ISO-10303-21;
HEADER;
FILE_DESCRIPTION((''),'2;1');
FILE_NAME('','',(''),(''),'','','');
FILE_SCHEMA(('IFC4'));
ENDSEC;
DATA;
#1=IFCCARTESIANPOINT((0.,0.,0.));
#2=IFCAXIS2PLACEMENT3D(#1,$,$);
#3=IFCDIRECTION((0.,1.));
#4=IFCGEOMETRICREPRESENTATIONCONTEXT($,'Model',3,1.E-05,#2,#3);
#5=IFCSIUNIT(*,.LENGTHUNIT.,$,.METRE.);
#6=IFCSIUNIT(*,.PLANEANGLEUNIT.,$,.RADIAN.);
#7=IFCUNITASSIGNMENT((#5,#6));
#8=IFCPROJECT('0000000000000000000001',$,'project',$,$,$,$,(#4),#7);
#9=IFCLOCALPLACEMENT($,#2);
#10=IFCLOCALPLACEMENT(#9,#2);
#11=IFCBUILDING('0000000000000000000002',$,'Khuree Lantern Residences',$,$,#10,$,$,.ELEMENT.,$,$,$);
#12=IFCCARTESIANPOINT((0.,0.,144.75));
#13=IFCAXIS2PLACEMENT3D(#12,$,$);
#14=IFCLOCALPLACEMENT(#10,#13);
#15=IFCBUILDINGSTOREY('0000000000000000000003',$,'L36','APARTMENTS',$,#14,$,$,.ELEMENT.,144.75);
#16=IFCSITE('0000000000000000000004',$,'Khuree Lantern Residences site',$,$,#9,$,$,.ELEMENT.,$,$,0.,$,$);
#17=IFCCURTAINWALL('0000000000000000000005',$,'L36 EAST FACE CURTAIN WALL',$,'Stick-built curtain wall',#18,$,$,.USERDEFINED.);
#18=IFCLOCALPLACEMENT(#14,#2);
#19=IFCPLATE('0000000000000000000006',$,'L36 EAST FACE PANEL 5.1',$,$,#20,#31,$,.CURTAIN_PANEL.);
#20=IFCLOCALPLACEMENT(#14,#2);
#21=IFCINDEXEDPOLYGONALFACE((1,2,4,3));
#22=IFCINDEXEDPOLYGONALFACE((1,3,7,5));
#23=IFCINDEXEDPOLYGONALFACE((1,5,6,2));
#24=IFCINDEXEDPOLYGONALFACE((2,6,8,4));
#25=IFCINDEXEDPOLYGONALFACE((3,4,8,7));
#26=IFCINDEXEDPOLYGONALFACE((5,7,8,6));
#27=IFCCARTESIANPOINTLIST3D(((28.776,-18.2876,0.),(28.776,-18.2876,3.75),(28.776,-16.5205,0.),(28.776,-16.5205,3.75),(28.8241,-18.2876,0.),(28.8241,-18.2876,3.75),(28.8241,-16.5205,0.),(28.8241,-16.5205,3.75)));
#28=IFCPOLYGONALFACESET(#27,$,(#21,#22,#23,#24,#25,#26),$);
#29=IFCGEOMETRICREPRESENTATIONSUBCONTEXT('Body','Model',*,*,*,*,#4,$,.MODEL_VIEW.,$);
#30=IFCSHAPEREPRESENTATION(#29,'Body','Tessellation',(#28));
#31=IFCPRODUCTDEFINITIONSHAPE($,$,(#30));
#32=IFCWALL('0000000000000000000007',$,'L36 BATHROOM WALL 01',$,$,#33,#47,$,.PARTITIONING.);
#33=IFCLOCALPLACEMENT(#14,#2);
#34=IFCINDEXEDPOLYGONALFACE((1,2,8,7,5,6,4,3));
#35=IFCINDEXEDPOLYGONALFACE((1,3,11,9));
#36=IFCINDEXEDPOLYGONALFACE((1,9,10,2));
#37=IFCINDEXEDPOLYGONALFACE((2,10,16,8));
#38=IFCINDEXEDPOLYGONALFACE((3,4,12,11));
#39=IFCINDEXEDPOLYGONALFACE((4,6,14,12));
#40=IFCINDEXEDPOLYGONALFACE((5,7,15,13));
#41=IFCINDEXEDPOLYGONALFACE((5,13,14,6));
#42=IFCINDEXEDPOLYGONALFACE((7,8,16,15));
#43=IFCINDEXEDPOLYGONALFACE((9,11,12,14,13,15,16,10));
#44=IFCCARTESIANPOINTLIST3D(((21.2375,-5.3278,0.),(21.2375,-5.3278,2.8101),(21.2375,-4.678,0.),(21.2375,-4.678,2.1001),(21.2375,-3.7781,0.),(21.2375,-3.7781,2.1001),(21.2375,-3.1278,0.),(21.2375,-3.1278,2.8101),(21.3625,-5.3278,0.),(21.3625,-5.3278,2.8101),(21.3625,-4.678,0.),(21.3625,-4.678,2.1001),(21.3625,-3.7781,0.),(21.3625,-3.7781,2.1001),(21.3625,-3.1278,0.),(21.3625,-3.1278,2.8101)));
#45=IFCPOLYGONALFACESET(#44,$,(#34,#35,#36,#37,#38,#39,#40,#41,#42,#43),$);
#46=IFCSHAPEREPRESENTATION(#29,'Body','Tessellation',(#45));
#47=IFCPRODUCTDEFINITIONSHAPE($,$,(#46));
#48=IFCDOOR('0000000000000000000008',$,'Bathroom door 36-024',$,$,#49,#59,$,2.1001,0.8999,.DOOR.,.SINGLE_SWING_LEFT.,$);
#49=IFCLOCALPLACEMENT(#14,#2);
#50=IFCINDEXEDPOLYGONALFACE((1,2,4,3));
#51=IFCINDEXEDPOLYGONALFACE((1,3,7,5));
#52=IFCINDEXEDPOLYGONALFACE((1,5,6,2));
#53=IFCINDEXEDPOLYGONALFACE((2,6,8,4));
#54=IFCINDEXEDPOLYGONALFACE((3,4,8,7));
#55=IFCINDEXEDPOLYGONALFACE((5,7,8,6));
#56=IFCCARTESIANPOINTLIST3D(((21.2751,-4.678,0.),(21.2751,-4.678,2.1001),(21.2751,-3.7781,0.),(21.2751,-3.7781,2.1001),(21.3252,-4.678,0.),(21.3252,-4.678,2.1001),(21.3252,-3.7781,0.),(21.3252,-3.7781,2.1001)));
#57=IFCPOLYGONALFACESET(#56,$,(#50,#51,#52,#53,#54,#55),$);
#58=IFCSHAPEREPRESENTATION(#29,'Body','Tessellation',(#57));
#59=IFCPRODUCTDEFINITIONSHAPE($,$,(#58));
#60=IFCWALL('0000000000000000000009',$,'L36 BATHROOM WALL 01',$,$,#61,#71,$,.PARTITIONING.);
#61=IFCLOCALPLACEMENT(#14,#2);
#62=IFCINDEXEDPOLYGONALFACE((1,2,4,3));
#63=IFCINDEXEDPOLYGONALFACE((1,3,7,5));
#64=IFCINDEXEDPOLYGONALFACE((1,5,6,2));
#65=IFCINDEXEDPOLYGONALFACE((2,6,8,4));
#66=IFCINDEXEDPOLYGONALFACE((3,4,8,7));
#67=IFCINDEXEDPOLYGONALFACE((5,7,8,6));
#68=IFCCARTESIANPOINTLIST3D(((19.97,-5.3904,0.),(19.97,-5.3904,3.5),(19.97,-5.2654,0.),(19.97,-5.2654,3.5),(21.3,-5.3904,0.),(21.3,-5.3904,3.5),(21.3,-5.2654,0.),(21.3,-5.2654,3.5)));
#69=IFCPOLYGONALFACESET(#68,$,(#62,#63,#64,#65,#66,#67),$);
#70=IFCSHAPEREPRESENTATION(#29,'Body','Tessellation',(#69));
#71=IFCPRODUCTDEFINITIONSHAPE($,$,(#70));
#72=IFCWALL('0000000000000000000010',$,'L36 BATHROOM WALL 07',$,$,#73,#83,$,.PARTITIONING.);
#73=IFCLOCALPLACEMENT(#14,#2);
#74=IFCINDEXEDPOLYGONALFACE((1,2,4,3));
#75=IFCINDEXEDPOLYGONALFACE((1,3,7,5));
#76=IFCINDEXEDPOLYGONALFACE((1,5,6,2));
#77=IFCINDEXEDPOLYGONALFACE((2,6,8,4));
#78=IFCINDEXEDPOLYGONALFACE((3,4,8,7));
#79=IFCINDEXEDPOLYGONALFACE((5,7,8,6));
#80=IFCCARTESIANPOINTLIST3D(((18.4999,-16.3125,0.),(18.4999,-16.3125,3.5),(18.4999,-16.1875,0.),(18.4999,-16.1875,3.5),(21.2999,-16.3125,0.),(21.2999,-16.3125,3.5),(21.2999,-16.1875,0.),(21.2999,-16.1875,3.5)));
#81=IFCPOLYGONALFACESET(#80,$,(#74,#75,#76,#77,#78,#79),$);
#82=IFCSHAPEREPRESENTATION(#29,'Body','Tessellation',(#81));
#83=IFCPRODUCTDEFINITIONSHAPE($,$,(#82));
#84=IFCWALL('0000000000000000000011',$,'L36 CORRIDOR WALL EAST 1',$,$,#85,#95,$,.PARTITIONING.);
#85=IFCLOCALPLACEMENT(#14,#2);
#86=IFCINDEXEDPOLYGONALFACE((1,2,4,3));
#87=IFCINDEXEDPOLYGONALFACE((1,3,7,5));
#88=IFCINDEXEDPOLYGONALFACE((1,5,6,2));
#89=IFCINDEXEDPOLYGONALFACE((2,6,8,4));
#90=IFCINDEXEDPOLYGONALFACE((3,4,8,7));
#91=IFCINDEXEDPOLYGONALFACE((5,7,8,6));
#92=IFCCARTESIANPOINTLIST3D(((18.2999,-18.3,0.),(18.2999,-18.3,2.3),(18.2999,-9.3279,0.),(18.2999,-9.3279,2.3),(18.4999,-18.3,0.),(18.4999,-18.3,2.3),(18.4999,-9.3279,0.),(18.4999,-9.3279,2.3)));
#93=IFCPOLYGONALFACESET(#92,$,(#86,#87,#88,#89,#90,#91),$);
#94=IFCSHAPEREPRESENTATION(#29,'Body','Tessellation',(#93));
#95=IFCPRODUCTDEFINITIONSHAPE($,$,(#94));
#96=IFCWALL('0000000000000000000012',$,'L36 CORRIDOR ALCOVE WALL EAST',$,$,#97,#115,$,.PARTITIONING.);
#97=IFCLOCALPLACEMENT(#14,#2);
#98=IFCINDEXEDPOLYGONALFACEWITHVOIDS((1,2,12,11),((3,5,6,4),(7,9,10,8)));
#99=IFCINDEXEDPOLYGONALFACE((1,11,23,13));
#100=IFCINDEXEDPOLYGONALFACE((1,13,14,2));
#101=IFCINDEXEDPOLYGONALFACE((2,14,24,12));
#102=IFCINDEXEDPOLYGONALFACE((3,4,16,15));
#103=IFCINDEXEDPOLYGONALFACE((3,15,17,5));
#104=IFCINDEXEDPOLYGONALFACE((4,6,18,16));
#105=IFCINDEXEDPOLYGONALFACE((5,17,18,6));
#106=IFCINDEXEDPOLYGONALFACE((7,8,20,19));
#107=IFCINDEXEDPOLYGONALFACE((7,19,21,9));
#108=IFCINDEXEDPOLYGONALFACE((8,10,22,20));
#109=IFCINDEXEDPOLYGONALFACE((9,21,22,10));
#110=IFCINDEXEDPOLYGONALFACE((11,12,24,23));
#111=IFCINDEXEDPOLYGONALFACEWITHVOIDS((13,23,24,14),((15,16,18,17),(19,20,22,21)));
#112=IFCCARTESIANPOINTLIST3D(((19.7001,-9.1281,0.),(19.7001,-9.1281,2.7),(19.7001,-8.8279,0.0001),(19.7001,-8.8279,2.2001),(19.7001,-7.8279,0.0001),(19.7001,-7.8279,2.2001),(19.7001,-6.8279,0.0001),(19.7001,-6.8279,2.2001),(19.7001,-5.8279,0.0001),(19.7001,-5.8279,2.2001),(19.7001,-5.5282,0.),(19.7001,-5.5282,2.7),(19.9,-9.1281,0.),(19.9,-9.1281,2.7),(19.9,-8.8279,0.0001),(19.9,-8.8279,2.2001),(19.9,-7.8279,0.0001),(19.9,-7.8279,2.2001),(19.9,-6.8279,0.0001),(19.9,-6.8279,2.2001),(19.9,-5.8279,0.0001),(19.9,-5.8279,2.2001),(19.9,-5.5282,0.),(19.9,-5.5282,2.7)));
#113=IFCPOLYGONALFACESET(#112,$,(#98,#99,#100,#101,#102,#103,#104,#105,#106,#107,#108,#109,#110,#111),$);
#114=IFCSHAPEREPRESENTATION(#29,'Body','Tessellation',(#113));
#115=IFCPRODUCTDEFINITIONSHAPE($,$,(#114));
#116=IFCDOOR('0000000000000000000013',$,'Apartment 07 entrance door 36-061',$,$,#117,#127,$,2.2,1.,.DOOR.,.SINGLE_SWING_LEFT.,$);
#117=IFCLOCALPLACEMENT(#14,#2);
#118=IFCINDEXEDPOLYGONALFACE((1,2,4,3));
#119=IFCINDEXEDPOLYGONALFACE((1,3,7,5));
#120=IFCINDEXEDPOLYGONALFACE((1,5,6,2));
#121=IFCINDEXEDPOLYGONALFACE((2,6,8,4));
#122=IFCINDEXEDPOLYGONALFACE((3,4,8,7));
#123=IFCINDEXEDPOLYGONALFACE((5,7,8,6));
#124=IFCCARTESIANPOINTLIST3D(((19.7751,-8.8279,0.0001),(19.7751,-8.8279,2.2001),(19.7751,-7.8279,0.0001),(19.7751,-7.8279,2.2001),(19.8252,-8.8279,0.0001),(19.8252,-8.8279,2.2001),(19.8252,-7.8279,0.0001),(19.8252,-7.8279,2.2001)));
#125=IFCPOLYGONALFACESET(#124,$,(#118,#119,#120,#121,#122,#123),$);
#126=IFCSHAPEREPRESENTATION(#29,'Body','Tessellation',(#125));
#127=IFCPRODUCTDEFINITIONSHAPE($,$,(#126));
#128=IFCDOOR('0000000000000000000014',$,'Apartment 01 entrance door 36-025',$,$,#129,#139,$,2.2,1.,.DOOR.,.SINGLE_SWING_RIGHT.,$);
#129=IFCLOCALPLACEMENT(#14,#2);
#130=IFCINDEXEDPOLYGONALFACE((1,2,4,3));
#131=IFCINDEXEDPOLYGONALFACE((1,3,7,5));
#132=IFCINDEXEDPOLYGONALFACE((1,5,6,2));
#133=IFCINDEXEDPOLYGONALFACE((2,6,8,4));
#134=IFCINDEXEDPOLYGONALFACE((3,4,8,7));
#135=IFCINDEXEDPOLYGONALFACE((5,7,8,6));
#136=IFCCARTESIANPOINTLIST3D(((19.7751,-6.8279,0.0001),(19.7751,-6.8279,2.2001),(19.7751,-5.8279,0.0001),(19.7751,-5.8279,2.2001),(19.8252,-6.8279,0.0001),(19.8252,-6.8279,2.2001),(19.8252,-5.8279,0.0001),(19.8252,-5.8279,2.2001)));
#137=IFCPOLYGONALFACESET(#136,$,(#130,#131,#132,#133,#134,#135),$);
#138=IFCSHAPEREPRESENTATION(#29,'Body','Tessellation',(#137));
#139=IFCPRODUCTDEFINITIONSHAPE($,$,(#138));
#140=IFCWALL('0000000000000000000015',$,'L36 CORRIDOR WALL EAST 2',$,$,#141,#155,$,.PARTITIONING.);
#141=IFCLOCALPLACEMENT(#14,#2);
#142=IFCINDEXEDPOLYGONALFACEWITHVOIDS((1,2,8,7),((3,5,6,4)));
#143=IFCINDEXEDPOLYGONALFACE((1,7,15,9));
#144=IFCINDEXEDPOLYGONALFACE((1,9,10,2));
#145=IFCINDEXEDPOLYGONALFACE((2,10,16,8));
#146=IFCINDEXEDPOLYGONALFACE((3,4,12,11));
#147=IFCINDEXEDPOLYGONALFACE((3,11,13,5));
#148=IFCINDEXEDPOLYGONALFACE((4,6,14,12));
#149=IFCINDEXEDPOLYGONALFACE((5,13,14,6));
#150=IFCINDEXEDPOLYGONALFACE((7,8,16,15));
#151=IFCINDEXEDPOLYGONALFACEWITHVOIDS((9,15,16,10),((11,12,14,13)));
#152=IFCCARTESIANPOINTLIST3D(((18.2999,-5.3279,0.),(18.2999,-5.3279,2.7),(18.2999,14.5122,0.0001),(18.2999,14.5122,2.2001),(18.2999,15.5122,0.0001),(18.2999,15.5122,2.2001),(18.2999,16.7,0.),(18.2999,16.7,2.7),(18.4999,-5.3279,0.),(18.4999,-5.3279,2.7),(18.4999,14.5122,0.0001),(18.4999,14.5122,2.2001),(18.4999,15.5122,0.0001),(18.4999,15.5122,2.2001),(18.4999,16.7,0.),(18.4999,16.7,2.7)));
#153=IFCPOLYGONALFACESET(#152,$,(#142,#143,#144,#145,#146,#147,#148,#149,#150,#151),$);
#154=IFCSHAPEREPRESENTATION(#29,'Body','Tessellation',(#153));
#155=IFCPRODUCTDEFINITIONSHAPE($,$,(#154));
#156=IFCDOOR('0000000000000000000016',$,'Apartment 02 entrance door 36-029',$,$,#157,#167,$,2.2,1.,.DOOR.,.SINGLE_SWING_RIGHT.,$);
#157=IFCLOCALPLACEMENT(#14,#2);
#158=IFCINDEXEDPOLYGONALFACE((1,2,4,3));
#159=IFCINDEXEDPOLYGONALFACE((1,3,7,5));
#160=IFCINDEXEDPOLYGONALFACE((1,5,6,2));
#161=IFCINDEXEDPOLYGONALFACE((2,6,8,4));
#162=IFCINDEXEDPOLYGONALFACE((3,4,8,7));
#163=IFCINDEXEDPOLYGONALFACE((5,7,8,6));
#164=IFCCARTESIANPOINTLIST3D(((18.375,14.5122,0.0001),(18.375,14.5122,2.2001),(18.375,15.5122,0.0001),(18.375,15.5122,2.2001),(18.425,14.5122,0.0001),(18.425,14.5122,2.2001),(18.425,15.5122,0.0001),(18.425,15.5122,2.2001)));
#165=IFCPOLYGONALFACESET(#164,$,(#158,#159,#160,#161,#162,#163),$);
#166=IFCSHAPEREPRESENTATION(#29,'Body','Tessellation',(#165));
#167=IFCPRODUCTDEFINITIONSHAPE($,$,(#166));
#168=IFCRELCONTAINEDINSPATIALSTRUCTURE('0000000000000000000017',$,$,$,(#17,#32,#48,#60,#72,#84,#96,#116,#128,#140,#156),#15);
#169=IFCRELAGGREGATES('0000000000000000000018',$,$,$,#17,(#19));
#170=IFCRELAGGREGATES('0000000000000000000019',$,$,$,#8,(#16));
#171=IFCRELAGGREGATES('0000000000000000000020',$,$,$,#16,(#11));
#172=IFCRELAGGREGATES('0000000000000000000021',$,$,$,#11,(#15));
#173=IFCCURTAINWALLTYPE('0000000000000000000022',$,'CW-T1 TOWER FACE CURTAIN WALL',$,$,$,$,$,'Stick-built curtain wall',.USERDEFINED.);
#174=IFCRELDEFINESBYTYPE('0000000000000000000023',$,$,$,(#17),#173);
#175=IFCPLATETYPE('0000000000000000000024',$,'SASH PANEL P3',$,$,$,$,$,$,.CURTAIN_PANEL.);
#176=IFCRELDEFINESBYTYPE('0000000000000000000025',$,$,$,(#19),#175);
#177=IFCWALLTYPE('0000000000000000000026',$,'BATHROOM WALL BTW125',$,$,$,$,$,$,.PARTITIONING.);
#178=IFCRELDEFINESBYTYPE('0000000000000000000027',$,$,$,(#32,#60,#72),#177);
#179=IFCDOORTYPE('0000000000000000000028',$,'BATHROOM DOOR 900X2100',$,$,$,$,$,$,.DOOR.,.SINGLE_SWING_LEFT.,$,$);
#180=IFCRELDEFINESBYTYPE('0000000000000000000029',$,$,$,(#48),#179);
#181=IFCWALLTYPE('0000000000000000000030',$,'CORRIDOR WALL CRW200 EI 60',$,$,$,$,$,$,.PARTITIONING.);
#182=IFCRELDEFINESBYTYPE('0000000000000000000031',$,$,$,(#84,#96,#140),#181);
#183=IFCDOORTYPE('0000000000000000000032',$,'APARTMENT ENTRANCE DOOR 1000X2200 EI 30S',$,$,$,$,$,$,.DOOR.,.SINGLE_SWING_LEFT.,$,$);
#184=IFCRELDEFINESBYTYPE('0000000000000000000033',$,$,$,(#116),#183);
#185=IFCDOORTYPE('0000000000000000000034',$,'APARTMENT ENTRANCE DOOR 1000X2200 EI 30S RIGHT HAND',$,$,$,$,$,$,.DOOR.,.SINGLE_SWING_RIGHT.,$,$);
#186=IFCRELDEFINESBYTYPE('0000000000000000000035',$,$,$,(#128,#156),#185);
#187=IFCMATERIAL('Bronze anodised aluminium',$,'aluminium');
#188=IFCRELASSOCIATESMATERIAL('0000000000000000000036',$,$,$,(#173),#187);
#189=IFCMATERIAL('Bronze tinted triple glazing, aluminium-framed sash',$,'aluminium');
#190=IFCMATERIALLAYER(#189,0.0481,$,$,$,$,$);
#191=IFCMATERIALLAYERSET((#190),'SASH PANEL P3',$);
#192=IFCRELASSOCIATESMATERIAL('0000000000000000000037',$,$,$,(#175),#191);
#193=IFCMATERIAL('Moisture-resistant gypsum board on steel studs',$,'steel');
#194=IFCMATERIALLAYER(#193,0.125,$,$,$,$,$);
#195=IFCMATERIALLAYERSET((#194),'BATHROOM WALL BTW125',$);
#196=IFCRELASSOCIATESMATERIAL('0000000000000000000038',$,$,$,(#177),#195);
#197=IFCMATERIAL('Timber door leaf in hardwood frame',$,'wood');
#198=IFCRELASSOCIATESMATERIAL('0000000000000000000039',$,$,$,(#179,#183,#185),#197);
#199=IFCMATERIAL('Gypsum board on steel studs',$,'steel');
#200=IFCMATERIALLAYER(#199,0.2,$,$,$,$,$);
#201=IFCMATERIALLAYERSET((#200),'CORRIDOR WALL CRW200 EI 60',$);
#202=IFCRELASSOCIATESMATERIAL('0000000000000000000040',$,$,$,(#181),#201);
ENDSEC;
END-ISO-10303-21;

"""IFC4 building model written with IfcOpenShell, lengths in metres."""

from ifc_helpers import new_model, si_unit, direction, frame, frame_2d, origin, origin_2d, place, context, subcontext, project, spatial, rectangle, extrude, material, layer, layer_set, type_object, element, fill, aggregate, save


model = new_model("IFC4")

# Units and contexts
model_context = context("Model", 3, precision=1e-05, world=origin(), true_north=direction((0.0, 1.0)))
body_context = subcontext(model_context, "Body", "Model", "MODEL_VIEW")
ifc_project = project(units=[si_unit("LENGTHUNIT", "METRE"), si_unit("PLANEANGLEUNIT", "RADIAN")], contexts=[model_context])

# Site, building, storey
site_placement = place(None, origin())
site = spatial("IfcSite", under=ifc_project, at=site_placement, Name="Khuree Lantern Residences site", CompositionType="ELEMENT", RefElevation=0.0)
building_placement = place(site_placement, origin())
building = spatial("IfcBuilding", under=site, at=building_placement, Name="Khuree Lantern Residences", CompositionType="ELEMENT")
storey_placement = place(building_placement, frame((0.0, 0.0, 144.75)))
storey = spatial("IfcBuildingStorey", under=building, at=storey_placement, Name="L36", Description="APARTMENTS", CompositionType="ELEMENT", Elevation=144.75)

# Curtain wall
ifc_material_1 = material(Name="Bronze anodised aluminium", Category="aluminium")
curtain_wall_type = type_object("IfcCurtainWallType", Name="CW-T1 TOWER FACE CURTAIN WALL", ElementType="Stick-built curtain wall", PredefinedType="USERDEFINED", material=ifc_material_1)
curtain_wall_placement = place(storey_placement, origin())
curtain_wall = element("IfcCurtainWall", 1, at=curtain_wall_placement, inside=storey, type_object=curtain_wall_type, Name="L36 EAST FACE CURTAIN WALL", ObjectType="Stick-built curtain wall", PredefinedType="USERDEFINED")

# Plate
ifc_material_2 = material(Name="Bronze tinted triple glazing, aluminium-framed sash", Category="aluminium")
ifc_layer_1 = layer(ifc_material_2, 0.0481)
ifc_layer_set_1 = layer_set([ifc_layer_1], Name="SASH PANEL P3")
plate_type_1 = type_object("IfcPlateType", Name="SASH PANEL P3", PredefinedType="CURTAIN_PANEL", material=ifc_layer_set_1)
plate_1_placement = place(storey_placement, frame((28.8, -17.4041, 0.0), z_axis=(0.0, 0.0, 1.0), x_axis=(0.0, 1.0, 0.0)))
plate_1 = element("IfcPlate", 2, at=plate_1_placement, type_object=plate_type_1, Name="L36 EAST FACE PANEL 5.1", PredefinedType="CURTAIN_PANEL", context=body_context, shape_type="SweptSolid", body=[
    extrude(rectangle(XDim=1.7671, YDim=0.0481, at=origin_2d()), origin(), (0.0, 0.0, 1.0), 3.75),
])
aggregate(curtain_wall, [plate_1])

# Wall, opening, door
ifc_material_3 = material(Name="Moisture-resistant gypsum board on steel studs", Category="steel")
ifc_layer_2 = layer(ifc_material_3, 0.125)
ifc_layer_set_2 = layer_set([ifc_layer_2], Name="BATHROOM WALL BTW125")
wall_type_1 = type_object("IfcWallType", Name="BATHROOM WALL BTW125", PredefinedType="PARTITIONING", material=ifc_layer_set_2)
wall_1_placement = place(storey_placement, frame((21.3, -5.3279, 0.0), z_axis=(0.0, 0.0, 1.0), x_axis=(0.0, 1.0, 0.0)))
wall_1 = element("IfcWall", 3, at=wall_1_placement, inside=storey, type_object=wall_type_1, Name="L36 BATHROOM WALL 01", PredefinedType="PARTITIONING", context=body_context, shape_type="SweptSolid", body=[
    extrude(rectangle(XDim=2.2, YDim=0.125, at=frame_2d((1.1001, 0.0))), origin(), (0.0, 0.0, 1.0), 2.8101),
])
opening_1_placement = place(wall_1_placement, frame((0.6499, 0.0, 0.0)))
opening_1 = element("IfcOpeningElement", 4, at=opening_1_placement, cuts=wall_1, PredefinedType="OPENING", context=body_context, shape_type="SweptSolid", body=[
    extrude(rectangle(XDim=0.8999, YDim=2.1001, at=frame_2d((0.45, 1.05))), frame((0.0, 0.0725, 0.0), z_axis=(0.0, -1.0, 0.0), x_axis=(1.0, 0.0, 0.0)), (0.0, 0.0, 1.0), 0.145),
])
ifc_material_4 = material(Name="Timber door leaf in hardwood frame", Category="wood")
door_type_1 = type_object("IfcDoorType", Name="BATHROOM DOOR 900X2100", OperationType="SINGLE_SWING_LEFT", PredefinedType="DOOR", material=ifc_material_4)
door_1_placement = place(opening_1_placement, origin())
door_1 = element("IfcDoor", 5, at=door_1_placement, inside=storey, type_object=door_type_1, Name="Bathroom door 36-024", OperationType="SINGLE_SWING_LEFT", OverallHeight=2.1001, OverallWidth=0.8999, PredefinedType="DOOR", context=body_context, shape_type="SweptSolid", body=[
    extrude(rectangle(XDim=0.8999, YDim=2.1001, at=frame_2d((0.45, 1.05))), frame((0.0, 0.0249, 0.0), z_axis=(0.0, -1.0, 0.0), x_axis=(1.0, 0.0, 0.0)), (0.0, 0.0, 1.0), 0.05),
])
fill(opening_1, door_1)

# Walls
wall_2_placement = place(storey_placement, frame((19.97, -5.3279, 0.0), z_axis=(0.0, 0.0, 1.0), x_axis=(1.0, 0.0, 0.0)))
element("IfcWall", 6, at=wall_2_placement, inside=storey, type_object=wall_type_1, Name="L36 BATHROOM WALL 01", PredefinedType="PARTITIONING", context=body_context, shape_type="SweptSolid", body=[
    extrude(rectangle(XDim=1.3301, YDim=0.125, at=frame_2d((0.665, 0.0))), origin(), (0.0, 0.0, 1.0), 3.5),
])
wall_3_placement = place(storey_placement, frame((18.5, -16.25, 0.0), z_axis=(0.0, 0.0, 1.0), x_axis=(1.0, 0.0, 0.0)))
element("IfcWall", 7, at=wall_3_placement, inside=storey, type_object=wall_type_1, Name="L36 BATHROOM WALL 07", PredefinedType="PARTITIONING", context=body_context, shape_type="SweptSolid", body=[
    extrude(rectangle(XDim=2.8, YDim=0.125, at=frame_2d((1.3999, 0.0))), origin(), (0.0, 0.0, 1.0), 3.5),
])
ifc_material_5 = material(Name="Gypsum board on steel studs", Category="steel")
ifc_layer_3 = layer(ifc_material_5, 0.2)
ifc_layer_set_3 = layer_set([ifc_layer_3], Name="CORRIDOR WALL CRW200 EI 60")
wall_type_2 = type_object("IfcWallType", Name="CORRIDOR WALL CRW200 EI 60", PredefinedType="PARTITIONING", material=ifc_layer_set_3)
wall_4_placement = place(storey_placement, frame((18.3999, -18.3, 0.0), z_axis=(0.0, 0.0, 1.0), x_axis=(0.0, 1.0, 0.0)))
element("IfcWall", 8, at=wall_4_placement, inside=storey, type_object=wall_type_2, Name="L36 CORRIDOR WALL EAST 1", PredefinedType="PARTITIONING", context=body_context, shape_type="SweptSolid", body=[
    extrude(rectangle(XDim=8.9722, YDim=0.2, at=frame_2d((4.4861, 0.0))), origin(), (0.0, 0.0, 1.0), 2.3),
])

# Wall, openings, doors
wall_5_placement = place(storey_placement, frame((19.8, -9.1279, 0.0), z_axis=(0.0, 0.0, 1.0), x_axis=(0.0, 1.0, 0.0)))
wall_5 = element("IfcWall", 9, at=wall_5_placement, inside=storey, type_object=wall_type_2, Name="L36 CORRIDOR ALCOVE WALL EAST", PredefinedType="PARTITIONING", context=body_context, shape_type="SweptSolid", body=[
    extrude(rectangle(XDim=3.5999, YDim=0.2, at=frame_2d((1.7998, 0.0))), origin(), (0.0, 0.0, 1.0), 2.7),
])
opening_2_placement = place(wall_5_placement, frame((2.3, 0.0, 0.0)))
opening_2 = element("IfcOpeningElement", 10, at=opening_2_placement, cuts=wall_5, PredefinedType="OPENING", context=body_context, shape_type="SweptSolid", body=[
    extrude(rectangle(XDim=1.0, YDim=2.2, at=frame_2d((0.5, 1.1001))), frame((0.0, 0.1099, 0.0), z_axis=(0.0, -1.0, 0.0), x_axis=(1.0, 0.0, 0.0)), (0.0, 0.0, 1.0), 0.22),
])
opening_3_placement = place(wall_5_placement, frame((0.3, 0.0, 0.0)))
opening_3 = element("IfcOpeningElement", 11, at=opening_3_placement, cuts=wall_5, PredefinedType="OPENING", context=body_context, shape_type="SweptSolid", body=[
    extrude(rectangle(XDim=1.0, YDim=2.2, at=frame_2d((0.5, 1.1001))), frame((0.0, 0.1099, 0.0), z_axis=(0.0, -1.0, 0.0), x_axis=(1.0, 0.0, 0.0)), (0.0, 0.0, 1.0), 0.22),
])
door_type_2 = type_object("IfcDoorType", Name="APARTMENT ENTRANCE DOOR 1000X2200 EI 30S", OperationType="SINGLE_SWING_LEFT", PredefinedType="DOOR", material=ifc_material_4)
door_2_placement = place(opening_3_placement, origin())
door_2 = element("IfcDoor", 12, at=door_2_placement, inside=storey, type_object=door_type_2, Name="Apartment 07 entrance door 36-061", OperationType="SINGLE_SWING_LEFT", OverallHeight=2.2, OverallWidth=1.0, PredefinedType="DOOR", context=body_context, shape_type="SweptSolid", body=[
    extrude(rectangle(XDim=1.0, YDim=2.2, at=frame_2d((0.5, 1.1001))), frame((0.0, 0.0249, 0.0), z_axis=(0.0, -1.0, 0.0), x_axis=(1.0, 0.0, 0.0)), (0.0, 0.0, 1.0), 0.05),
])
fill(opening_3, door_2)
door_type_3 = type_object("IfcDoorType", Name="APARTMENT ENTRANCE DOOR 1000X2200 EI 30S RIGHT HAND", OperationType="SINGLE_SWING_RIGHT", PredefinedType="DOOR", material=ifc_material_4)
door_3_placement = place(opening_2_placement, origin())
door_3 = element("IfcDoor", 13, at=door_3_placement, inside=storey, type_object=door_type_3, Name="Apartment 01 entrance door 36-025", OperationType="SINGLE_SWING_RIGHT", OverallHeight=2.2, OverallWidth=1.0, PredefinedType="DOOR", context=body_context, shape_type="SweptSolid", body=[
    extrude(rectangle(XDim=1.0, YDim=2.2, at=frame_2d((0.5, 1.1001))), frame((0.0, 0.0249, 0.0), z_axis=(0.0, -1.0, 0.0), x_axis=(1.0, 0.0, 0.0)), (0.0, 0.0, 1.0), 0.05),
])
fill(opening_2, door_3)

# Wall, opening, door
wall_6_placement = place(storey_placement, frame((18.3999, -5.3279, 0.0), z_axis=(0.0, 0.0, 1.0), x_axis=(0.0, 1.0, 0.0)))
wall_6 = element("IfcWall", 14, at=wall_6_placement, inside=storey, type_object=wall_type_2, Name="L36 CORRIDOR WALL EAST 2", PredefinedType="PARTITIONING", context=body_context, shape_type="SweptSolid", body=[
    extrude(rectangle(XDim=22.0278, YDim=0.2, at=frame_2d((11.0139, 0.0))), origin(), (0.0, 0.0, 1.0), 2.7),
])
opening_4_placement = place(wall_6_placement, frame((19.8401, 0.0, 0.0)))
opening_4 = element("IfcOpeningElement", 15, at=opening_4_placement, cuts=wall_6, PredefinedType="OPENING", context=body_context, shape_type="SweptSolid", body=[
    extrude(rectangle(XDim=1.0, YDim=2.2, at=frame_2d((0.5, 1.1001))), frame((0.0, 0.1099, 0.0), z_axis=(0.0, -1.0, 0.0), x_axis=(1.0, 0.0, 0.0)), (0.0, 0.0, 1.0), 0.22),
])
door_4_placement = place(opening_4_placement, origin())
door_4 = element("IfcDoor", 16, at=door_4_placement, inside=storey, type_object=door_type_3, Name="Apartment 02 entrance door 36-029", OperationType="SINGLE_SWING_RIGHT", OverallHeight=2.2, OverallWidth=1.0, PredefinedType="DOOR", context=body_context, shape_type="SweptSolid", body=[
    extrude(rectangle(XDim=1.0, YDim=2.2, at=frame_2d((0.5, 1.1001))), frame((0.0, 0.0249, 0.0), z_axis=(0.0, -1.0, 0.0), x_axis=(1.0, 0.0, 0.0)), (0.0, 0.0, 1.0), 0.05),
])
fill(opening_4, door_4)

save(model, "model.ifc")
